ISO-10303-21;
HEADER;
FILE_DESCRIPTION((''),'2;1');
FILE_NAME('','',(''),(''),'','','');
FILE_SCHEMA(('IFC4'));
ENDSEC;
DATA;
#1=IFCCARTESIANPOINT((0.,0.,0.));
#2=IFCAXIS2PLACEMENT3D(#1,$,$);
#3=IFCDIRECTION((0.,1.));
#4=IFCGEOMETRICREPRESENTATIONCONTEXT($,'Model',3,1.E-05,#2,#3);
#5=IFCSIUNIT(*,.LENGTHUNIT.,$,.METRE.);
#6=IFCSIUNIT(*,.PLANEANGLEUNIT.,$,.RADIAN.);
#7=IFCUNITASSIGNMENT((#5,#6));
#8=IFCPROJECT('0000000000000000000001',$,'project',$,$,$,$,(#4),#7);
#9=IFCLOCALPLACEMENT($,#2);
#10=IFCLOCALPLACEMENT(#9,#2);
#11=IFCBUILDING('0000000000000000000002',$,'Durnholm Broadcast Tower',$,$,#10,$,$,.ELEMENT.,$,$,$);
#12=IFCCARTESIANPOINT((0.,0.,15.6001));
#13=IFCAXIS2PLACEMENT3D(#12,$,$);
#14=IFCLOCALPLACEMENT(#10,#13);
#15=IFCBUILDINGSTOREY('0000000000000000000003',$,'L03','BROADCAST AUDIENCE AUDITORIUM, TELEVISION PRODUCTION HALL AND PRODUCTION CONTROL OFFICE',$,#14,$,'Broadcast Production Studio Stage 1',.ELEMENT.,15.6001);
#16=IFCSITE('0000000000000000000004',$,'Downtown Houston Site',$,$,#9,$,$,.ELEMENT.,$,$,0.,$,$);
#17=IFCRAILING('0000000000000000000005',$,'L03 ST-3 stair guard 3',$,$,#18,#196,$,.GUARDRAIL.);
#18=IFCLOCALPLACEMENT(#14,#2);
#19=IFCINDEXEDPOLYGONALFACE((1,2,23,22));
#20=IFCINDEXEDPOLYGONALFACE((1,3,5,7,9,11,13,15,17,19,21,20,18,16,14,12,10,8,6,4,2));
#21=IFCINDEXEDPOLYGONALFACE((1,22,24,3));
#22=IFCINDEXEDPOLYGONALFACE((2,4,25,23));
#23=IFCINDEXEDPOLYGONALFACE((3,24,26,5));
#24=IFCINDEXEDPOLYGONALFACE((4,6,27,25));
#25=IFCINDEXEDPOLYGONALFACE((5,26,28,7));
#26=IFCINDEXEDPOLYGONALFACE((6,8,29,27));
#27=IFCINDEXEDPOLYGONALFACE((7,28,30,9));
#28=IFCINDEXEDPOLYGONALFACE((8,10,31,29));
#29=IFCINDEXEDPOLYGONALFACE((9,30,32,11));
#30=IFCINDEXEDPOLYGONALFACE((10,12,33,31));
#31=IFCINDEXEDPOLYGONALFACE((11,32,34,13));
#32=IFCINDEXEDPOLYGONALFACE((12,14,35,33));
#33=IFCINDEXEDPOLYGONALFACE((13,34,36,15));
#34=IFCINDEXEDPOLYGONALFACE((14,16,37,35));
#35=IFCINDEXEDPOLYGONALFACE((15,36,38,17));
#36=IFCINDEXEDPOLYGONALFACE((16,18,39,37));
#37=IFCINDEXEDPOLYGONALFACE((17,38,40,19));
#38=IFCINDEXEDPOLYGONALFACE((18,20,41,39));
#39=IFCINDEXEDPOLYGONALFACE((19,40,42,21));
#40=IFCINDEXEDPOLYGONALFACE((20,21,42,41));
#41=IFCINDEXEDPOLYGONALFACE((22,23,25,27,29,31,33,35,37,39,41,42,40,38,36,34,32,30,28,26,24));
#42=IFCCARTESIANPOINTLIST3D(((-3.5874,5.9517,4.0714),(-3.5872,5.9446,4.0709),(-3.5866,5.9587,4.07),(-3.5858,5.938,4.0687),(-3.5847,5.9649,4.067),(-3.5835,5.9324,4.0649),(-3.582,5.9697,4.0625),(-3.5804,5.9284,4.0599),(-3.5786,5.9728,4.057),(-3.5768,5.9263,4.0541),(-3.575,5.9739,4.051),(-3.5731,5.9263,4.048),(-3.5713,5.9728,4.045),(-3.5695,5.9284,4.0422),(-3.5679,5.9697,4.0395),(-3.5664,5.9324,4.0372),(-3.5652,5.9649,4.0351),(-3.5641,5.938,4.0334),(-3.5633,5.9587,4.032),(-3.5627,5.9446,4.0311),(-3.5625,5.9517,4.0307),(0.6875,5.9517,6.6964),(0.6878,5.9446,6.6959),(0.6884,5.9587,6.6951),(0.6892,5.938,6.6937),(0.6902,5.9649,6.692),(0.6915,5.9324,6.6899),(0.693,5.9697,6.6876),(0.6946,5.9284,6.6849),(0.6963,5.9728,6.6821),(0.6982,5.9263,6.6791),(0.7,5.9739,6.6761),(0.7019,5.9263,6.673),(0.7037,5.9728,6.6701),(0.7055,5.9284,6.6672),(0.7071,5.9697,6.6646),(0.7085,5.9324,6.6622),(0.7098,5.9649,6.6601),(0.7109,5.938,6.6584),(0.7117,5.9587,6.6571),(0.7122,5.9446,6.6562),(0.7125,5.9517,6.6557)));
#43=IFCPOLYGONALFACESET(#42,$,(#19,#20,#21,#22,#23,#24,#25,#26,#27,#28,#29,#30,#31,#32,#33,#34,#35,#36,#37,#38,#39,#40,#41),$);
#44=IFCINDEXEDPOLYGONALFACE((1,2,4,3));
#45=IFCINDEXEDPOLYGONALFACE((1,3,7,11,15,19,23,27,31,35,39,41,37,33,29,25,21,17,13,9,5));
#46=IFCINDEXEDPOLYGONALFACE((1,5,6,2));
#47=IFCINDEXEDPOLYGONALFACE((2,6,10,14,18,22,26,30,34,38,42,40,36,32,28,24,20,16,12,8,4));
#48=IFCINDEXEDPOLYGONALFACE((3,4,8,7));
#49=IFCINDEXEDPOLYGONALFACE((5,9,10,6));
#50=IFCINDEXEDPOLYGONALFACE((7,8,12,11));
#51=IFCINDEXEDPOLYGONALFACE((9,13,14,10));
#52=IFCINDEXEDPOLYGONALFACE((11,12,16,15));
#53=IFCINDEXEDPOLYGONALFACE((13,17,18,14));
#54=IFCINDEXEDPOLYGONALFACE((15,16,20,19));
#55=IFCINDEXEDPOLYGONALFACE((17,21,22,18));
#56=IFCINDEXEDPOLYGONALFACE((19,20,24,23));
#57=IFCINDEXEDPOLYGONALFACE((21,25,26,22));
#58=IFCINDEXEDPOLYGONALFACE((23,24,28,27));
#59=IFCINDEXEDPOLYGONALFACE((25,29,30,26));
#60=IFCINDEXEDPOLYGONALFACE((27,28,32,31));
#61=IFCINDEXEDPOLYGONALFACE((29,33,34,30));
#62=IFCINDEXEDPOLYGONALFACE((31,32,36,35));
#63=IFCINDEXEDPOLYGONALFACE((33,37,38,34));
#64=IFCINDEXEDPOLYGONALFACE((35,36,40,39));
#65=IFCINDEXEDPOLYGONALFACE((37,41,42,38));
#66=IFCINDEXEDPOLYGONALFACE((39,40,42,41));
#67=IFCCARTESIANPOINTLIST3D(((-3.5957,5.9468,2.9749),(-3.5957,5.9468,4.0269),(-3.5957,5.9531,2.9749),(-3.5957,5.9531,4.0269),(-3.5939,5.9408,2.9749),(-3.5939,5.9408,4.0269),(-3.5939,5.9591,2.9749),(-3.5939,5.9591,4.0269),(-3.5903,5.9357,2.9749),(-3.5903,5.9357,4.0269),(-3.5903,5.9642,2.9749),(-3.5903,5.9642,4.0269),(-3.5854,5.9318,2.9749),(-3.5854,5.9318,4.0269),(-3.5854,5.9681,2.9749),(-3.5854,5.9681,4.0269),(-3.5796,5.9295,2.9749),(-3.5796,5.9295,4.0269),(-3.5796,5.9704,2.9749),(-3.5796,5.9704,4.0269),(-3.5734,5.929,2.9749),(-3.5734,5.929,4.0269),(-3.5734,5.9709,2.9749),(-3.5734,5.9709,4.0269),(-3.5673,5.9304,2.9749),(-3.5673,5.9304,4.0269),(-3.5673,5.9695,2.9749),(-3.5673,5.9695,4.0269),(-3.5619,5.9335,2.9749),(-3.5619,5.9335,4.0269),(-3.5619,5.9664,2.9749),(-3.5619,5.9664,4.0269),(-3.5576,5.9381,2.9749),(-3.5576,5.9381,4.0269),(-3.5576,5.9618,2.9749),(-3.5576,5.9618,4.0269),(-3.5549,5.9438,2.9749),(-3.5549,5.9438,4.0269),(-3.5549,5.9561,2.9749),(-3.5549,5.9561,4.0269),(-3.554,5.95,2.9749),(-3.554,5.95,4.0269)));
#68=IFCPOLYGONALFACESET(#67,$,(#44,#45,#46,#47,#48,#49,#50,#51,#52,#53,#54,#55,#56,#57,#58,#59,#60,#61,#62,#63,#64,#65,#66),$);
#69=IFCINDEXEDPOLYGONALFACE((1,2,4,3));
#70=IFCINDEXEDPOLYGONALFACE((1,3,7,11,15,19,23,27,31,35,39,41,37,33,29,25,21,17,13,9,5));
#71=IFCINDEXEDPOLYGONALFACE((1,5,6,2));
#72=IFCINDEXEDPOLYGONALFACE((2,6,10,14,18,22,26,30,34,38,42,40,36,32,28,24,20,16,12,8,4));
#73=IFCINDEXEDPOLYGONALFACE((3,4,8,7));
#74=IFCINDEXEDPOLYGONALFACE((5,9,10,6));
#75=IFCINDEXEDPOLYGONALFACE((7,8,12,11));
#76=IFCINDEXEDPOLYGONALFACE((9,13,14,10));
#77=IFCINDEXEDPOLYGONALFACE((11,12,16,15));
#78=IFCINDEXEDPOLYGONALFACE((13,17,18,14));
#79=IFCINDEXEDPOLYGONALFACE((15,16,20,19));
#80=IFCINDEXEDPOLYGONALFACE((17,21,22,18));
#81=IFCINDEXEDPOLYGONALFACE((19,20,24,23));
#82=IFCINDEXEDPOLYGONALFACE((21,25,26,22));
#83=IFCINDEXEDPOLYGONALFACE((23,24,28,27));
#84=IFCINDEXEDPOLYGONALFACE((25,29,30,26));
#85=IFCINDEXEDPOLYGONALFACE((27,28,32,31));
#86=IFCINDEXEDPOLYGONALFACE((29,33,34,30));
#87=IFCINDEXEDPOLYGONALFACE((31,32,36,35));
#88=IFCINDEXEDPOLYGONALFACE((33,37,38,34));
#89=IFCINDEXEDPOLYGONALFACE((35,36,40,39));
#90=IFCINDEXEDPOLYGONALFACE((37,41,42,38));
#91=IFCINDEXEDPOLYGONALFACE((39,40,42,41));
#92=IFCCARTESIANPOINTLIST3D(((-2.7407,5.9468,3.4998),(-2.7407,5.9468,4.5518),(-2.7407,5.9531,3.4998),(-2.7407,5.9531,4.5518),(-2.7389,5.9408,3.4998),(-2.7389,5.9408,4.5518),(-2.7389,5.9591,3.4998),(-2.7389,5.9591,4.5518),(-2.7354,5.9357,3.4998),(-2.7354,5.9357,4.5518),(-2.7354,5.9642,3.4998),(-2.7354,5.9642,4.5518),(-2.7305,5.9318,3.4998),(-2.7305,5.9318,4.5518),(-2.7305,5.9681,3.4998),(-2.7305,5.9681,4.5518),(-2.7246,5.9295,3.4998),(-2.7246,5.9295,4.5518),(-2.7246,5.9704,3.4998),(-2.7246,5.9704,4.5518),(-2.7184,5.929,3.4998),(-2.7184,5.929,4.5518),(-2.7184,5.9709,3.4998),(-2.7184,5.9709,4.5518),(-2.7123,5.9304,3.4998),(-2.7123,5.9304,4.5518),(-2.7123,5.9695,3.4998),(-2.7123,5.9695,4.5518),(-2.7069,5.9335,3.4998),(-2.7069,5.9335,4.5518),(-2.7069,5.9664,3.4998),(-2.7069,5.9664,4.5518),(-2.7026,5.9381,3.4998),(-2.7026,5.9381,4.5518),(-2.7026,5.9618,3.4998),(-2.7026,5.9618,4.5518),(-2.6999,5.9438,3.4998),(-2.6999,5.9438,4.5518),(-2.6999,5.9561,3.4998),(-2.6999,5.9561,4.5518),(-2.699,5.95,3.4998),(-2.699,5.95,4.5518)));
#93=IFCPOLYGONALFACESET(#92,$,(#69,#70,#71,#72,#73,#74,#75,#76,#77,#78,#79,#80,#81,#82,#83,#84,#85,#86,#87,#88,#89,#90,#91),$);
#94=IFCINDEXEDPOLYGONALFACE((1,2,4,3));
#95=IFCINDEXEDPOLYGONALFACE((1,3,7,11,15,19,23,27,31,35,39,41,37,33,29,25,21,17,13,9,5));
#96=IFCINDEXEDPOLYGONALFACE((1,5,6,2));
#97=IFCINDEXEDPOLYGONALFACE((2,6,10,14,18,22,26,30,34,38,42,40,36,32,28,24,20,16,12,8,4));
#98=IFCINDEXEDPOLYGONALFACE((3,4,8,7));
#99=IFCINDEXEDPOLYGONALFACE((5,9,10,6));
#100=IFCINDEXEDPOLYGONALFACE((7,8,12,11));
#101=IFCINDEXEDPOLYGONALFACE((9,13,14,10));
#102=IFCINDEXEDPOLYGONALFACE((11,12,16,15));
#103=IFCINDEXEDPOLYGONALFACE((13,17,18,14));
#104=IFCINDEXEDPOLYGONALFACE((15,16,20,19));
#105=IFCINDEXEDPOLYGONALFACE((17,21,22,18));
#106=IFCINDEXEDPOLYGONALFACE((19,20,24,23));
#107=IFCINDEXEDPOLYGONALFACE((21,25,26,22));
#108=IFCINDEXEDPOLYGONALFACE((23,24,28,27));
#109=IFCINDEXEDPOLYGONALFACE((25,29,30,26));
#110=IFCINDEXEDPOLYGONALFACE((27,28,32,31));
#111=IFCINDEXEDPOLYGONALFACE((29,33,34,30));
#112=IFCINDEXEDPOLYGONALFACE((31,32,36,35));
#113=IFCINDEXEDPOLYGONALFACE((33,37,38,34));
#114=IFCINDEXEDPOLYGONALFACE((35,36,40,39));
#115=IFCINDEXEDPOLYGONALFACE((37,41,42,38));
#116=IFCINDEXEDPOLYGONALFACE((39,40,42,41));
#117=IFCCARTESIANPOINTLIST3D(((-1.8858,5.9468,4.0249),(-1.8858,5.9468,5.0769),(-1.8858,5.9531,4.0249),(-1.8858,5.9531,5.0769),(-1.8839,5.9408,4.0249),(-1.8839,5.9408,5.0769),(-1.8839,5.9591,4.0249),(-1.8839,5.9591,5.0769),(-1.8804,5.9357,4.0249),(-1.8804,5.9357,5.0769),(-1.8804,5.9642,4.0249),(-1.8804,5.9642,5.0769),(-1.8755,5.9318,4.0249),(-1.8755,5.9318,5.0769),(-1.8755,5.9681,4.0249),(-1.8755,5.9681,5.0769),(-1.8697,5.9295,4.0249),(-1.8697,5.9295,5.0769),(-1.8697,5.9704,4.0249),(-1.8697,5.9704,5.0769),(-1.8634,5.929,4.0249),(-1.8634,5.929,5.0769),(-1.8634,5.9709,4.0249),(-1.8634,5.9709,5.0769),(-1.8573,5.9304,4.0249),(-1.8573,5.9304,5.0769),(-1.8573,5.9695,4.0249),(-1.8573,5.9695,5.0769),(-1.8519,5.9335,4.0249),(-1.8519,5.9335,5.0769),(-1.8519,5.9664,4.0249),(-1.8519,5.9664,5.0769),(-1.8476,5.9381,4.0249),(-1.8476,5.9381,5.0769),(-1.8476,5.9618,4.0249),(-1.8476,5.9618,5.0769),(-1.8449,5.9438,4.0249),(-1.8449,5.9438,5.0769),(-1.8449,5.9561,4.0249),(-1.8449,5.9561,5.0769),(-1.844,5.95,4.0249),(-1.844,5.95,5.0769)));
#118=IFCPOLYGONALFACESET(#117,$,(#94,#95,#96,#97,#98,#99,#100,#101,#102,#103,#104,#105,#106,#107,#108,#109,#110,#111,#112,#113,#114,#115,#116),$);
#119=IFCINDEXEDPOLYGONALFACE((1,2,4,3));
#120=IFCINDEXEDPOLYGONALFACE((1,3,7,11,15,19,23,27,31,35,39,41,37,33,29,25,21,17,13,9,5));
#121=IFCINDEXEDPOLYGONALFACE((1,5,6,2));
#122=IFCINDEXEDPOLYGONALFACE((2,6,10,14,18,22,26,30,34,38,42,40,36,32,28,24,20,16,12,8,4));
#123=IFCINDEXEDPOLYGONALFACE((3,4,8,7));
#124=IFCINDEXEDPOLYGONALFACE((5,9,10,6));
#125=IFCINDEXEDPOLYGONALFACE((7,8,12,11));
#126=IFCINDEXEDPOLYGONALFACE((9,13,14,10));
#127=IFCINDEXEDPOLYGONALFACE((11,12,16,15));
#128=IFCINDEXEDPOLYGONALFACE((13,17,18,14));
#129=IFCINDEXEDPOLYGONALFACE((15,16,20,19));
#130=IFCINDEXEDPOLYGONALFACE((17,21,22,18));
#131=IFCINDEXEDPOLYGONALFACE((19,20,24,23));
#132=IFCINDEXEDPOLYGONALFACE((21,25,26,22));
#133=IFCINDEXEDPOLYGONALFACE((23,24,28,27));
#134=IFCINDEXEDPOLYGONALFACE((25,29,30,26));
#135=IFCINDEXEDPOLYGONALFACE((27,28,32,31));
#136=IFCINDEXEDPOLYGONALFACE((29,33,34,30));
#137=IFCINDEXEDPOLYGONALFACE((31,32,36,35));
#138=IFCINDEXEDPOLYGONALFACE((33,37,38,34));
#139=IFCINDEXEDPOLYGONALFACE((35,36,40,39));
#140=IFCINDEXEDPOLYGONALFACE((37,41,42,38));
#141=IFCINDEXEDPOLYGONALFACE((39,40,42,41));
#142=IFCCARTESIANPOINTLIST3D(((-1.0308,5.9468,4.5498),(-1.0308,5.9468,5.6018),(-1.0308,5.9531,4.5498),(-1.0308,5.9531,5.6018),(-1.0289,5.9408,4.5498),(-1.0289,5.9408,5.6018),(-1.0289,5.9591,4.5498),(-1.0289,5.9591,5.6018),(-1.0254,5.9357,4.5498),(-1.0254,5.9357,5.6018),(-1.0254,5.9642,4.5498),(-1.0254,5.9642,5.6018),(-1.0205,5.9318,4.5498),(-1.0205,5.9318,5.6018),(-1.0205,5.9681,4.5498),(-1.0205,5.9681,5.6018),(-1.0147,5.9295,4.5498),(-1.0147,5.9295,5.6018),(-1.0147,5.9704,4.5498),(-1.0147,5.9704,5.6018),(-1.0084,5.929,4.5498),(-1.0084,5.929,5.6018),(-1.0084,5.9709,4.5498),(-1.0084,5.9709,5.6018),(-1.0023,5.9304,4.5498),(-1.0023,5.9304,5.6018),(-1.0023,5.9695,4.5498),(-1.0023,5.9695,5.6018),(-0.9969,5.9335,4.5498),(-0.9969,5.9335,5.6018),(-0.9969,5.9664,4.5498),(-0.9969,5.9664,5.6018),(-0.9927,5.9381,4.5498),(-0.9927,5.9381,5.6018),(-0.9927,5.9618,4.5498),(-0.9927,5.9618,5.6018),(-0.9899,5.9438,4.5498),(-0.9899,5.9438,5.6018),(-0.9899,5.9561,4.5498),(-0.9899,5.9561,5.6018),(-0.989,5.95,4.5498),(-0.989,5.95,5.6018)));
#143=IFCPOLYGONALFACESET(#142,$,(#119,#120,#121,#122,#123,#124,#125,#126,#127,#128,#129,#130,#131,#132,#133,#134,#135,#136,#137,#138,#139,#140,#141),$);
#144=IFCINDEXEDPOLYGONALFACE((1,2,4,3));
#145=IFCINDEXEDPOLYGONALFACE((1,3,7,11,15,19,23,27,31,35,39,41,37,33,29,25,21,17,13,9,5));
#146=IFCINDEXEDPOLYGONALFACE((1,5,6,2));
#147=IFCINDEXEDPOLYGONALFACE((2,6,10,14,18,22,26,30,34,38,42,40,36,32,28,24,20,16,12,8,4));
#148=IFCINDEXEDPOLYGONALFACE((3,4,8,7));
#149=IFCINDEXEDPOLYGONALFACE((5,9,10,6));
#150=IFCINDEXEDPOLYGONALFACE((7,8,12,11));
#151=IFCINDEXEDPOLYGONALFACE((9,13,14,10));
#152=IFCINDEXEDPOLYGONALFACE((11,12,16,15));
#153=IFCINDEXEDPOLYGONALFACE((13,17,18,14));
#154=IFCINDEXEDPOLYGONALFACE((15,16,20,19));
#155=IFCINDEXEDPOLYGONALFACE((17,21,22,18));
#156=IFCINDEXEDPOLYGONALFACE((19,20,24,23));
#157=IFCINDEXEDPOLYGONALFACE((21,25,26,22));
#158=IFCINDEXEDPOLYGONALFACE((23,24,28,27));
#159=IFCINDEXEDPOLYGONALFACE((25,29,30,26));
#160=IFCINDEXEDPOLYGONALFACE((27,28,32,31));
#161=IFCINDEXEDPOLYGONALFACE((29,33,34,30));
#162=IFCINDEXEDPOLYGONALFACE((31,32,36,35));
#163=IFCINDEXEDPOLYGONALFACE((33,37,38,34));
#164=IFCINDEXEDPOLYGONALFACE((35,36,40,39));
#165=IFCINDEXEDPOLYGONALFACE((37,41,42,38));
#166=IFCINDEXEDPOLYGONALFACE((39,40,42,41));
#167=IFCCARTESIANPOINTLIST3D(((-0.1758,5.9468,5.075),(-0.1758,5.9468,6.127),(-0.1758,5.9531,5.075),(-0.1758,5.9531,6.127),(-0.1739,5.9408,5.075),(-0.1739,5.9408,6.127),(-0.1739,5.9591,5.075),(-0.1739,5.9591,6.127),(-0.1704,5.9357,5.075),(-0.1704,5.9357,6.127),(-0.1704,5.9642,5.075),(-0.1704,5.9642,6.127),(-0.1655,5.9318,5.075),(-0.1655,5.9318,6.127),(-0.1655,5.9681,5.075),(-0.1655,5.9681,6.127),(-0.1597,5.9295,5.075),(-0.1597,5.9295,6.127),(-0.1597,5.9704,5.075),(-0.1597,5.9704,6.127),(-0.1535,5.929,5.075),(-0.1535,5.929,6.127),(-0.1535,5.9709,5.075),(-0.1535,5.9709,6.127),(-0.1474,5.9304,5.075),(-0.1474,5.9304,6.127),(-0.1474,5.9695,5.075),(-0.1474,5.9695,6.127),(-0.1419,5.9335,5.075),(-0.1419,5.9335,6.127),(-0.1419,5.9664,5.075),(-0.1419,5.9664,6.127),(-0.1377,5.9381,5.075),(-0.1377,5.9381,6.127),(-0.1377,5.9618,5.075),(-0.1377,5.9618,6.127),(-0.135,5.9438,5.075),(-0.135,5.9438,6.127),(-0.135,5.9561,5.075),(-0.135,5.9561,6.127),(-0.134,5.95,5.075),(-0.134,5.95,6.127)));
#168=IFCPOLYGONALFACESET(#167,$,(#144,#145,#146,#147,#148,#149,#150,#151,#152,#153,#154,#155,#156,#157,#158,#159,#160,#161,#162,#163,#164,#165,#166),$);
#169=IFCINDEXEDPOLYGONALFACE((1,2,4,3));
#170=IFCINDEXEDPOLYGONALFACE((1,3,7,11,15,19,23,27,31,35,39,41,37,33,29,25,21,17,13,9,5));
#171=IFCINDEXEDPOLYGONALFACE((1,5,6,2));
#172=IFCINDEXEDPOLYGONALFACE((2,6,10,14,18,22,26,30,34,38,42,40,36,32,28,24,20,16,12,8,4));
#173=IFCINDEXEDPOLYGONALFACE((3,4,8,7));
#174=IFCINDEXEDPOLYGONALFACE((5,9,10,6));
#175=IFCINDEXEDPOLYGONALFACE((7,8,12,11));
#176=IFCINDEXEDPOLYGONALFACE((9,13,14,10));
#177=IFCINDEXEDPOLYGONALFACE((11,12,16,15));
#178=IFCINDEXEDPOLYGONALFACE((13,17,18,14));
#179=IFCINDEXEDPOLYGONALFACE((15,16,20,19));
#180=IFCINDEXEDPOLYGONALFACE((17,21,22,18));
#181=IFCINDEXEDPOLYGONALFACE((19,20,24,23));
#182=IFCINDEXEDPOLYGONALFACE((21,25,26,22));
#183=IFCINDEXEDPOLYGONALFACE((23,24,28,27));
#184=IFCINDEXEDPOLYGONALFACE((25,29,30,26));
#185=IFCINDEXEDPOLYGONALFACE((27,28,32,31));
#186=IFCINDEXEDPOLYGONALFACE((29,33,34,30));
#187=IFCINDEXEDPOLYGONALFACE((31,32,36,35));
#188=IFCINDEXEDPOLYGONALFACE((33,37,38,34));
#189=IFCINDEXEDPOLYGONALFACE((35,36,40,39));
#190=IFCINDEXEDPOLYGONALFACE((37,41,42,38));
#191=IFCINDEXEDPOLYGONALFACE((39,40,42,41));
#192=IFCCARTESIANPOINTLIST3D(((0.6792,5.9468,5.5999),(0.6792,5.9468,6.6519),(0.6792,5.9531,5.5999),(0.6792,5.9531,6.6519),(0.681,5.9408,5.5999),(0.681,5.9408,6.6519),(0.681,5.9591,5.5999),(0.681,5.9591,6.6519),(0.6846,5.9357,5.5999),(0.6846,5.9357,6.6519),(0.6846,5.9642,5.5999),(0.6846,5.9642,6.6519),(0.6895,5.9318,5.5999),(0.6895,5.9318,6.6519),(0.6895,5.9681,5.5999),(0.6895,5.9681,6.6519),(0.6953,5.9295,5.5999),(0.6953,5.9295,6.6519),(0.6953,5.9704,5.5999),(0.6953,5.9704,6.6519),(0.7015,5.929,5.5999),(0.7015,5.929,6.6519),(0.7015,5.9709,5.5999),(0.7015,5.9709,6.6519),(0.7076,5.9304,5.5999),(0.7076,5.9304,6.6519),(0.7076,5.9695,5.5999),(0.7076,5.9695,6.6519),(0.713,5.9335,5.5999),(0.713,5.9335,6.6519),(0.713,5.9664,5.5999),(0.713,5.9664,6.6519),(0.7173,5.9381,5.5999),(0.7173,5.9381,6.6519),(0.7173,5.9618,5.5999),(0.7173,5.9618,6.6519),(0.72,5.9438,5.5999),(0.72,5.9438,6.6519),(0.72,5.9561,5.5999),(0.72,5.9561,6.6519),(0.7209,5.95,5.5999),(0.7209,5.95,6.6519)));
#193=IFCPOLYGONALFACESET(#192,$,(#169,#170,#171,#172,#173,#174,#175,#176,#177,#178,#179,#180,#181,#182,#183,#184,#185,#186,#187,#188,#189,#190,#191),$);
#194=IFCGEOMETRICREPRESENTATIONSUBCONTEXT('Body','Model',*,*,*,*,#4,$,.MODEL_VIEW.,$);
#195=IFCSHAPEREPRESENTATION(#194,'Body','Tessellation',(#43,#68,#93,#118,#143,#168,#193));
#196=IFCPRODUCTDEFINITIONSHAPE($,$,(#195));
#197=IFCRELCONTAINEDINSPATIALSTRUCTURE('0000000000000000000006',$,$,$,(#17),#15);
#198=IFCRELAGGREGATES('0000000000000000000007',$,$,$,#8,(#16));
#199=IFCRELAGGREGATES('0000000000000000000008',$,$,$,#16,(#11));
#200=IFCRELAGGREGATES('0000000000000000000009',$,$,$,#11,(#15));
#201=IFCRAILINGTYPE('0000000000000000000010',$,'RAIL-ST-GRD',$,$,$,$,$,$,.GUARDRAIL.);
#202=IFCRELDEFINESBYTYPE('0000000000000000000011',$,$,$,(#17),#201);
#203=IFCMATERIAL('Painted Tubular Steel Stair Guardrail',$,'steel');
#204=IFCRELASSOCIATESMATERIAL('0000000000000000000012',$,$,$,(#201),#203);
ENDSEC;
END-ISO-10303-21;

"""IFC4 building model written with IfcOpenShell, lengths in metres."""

from ifc_helpers import new_model, si_unit, direction, frame, origin, origin_2d, place, context, subcontext, project, spatial, circle, extrude, material, type_object, element, save


model = new_model("IFC4")

# Units and contexts
model_context = context("Model", 3, precision=1e-05, world=origin(), true_north=direction((0.0, 1.0)))
body_context = subcontext(model_context, "Body", "Model", "MODEL_VIEW")
ifc_project = project(units=[si_unit("LENGTHUNIT", "METRE"), si_unit("PLANEANGLEUNIT", "RADIAN")], contexts=[model_context])

# Site, building, storey
site_placement = place(None, origin())
site = spatial("IfcSite", under=ifc_project, at=site_placement, Name="Downtown Houston Site", CompositionType="ELEMENT", RefElevation=0.0)
building_placement = place(site_placement, origin())
building = spatial("IfcBuilding", under=site, at=building_placement, Name="Durnholm Broadcast Tower", CompositionType="ELEMENT")
storey_placement = place(building_placement, frame((0.0, 0.0, 15.6001)))
storey = spatial("IfcBuildingStorey", under=building, at=storey_placement, Name="L03", Description="BROADCAST AUDIENCE AUDITORIUM, TELEVISION PRODUCTION HALL AND PRODUCTION CONTROL OFFICE", LongName="Broadcast Production Studio Stage 1", CompositionType="ELEMENT", Elevation=15.6001)

# Railing
ifc_material_1 = material(Name="Painted Tubular Steel Stair Guardrail", Category="steel")
railing_type_1 = type_object("IfcRailingType", Name="RAIL-ST-GRD", PredefinedType="GUARDRAIL", material=ifc_material_1)
railing_1_placement = place(storey_placement, frame((-3.575, 5.95, 2.9749)))
element("IfcRailing", 1, at=railing_1_placement, inside=storey, type_object=railing_type_1, Name="L03 ST-3 stair guard 3", PredefinedType="GUARDRAIL", context=body_context, shape_type="SweptSolid", body=[
    extrude(circle(Radius=0.0239, at=origin_2d()), frame((0.0, 0.0, 1.0762), z_axis=(0.852166, 0.0, 0.523272), x_axis=(0.0, 1.0, 0.0)), (0.0, 0.0, 1.0), 5.0166),
    extrude(circle(Radius=0.021, at=origin_2d()), origin(), (0.0, 0.0, 1.0), 1.052),
    extrude(circle(Radius=0.021, at=origin_2d()), frame((0.855, 0.0, 0.5249)), (0.0, 0.0, 1.0), 1.052),
    extrude(circle(Radius=0.021, at=origin_2d()), frame((1.71, 0.0, 1.05)), (0.0, 0.0, 1.0), 1.052),
    extrude(circle(Radius=0.021, at=origin_2d()), frame((2.5649, 0.0, 1.575)), (0.0, 0.0, 1.0), 1.052),
    extrude(circle(Radius=0.021, at=origin_2d()), frame((3.4199, 0.0, 2.1001)), (0.0, 0.0, 1.0), 1.052),
    extrude(circle(Radius=0.021, at=origin_2d()), frame((4.2749, 0.0, 2.625)), (0.0, 0.0, 1.0), 1.052),
])

save(model, "model.ifc")
